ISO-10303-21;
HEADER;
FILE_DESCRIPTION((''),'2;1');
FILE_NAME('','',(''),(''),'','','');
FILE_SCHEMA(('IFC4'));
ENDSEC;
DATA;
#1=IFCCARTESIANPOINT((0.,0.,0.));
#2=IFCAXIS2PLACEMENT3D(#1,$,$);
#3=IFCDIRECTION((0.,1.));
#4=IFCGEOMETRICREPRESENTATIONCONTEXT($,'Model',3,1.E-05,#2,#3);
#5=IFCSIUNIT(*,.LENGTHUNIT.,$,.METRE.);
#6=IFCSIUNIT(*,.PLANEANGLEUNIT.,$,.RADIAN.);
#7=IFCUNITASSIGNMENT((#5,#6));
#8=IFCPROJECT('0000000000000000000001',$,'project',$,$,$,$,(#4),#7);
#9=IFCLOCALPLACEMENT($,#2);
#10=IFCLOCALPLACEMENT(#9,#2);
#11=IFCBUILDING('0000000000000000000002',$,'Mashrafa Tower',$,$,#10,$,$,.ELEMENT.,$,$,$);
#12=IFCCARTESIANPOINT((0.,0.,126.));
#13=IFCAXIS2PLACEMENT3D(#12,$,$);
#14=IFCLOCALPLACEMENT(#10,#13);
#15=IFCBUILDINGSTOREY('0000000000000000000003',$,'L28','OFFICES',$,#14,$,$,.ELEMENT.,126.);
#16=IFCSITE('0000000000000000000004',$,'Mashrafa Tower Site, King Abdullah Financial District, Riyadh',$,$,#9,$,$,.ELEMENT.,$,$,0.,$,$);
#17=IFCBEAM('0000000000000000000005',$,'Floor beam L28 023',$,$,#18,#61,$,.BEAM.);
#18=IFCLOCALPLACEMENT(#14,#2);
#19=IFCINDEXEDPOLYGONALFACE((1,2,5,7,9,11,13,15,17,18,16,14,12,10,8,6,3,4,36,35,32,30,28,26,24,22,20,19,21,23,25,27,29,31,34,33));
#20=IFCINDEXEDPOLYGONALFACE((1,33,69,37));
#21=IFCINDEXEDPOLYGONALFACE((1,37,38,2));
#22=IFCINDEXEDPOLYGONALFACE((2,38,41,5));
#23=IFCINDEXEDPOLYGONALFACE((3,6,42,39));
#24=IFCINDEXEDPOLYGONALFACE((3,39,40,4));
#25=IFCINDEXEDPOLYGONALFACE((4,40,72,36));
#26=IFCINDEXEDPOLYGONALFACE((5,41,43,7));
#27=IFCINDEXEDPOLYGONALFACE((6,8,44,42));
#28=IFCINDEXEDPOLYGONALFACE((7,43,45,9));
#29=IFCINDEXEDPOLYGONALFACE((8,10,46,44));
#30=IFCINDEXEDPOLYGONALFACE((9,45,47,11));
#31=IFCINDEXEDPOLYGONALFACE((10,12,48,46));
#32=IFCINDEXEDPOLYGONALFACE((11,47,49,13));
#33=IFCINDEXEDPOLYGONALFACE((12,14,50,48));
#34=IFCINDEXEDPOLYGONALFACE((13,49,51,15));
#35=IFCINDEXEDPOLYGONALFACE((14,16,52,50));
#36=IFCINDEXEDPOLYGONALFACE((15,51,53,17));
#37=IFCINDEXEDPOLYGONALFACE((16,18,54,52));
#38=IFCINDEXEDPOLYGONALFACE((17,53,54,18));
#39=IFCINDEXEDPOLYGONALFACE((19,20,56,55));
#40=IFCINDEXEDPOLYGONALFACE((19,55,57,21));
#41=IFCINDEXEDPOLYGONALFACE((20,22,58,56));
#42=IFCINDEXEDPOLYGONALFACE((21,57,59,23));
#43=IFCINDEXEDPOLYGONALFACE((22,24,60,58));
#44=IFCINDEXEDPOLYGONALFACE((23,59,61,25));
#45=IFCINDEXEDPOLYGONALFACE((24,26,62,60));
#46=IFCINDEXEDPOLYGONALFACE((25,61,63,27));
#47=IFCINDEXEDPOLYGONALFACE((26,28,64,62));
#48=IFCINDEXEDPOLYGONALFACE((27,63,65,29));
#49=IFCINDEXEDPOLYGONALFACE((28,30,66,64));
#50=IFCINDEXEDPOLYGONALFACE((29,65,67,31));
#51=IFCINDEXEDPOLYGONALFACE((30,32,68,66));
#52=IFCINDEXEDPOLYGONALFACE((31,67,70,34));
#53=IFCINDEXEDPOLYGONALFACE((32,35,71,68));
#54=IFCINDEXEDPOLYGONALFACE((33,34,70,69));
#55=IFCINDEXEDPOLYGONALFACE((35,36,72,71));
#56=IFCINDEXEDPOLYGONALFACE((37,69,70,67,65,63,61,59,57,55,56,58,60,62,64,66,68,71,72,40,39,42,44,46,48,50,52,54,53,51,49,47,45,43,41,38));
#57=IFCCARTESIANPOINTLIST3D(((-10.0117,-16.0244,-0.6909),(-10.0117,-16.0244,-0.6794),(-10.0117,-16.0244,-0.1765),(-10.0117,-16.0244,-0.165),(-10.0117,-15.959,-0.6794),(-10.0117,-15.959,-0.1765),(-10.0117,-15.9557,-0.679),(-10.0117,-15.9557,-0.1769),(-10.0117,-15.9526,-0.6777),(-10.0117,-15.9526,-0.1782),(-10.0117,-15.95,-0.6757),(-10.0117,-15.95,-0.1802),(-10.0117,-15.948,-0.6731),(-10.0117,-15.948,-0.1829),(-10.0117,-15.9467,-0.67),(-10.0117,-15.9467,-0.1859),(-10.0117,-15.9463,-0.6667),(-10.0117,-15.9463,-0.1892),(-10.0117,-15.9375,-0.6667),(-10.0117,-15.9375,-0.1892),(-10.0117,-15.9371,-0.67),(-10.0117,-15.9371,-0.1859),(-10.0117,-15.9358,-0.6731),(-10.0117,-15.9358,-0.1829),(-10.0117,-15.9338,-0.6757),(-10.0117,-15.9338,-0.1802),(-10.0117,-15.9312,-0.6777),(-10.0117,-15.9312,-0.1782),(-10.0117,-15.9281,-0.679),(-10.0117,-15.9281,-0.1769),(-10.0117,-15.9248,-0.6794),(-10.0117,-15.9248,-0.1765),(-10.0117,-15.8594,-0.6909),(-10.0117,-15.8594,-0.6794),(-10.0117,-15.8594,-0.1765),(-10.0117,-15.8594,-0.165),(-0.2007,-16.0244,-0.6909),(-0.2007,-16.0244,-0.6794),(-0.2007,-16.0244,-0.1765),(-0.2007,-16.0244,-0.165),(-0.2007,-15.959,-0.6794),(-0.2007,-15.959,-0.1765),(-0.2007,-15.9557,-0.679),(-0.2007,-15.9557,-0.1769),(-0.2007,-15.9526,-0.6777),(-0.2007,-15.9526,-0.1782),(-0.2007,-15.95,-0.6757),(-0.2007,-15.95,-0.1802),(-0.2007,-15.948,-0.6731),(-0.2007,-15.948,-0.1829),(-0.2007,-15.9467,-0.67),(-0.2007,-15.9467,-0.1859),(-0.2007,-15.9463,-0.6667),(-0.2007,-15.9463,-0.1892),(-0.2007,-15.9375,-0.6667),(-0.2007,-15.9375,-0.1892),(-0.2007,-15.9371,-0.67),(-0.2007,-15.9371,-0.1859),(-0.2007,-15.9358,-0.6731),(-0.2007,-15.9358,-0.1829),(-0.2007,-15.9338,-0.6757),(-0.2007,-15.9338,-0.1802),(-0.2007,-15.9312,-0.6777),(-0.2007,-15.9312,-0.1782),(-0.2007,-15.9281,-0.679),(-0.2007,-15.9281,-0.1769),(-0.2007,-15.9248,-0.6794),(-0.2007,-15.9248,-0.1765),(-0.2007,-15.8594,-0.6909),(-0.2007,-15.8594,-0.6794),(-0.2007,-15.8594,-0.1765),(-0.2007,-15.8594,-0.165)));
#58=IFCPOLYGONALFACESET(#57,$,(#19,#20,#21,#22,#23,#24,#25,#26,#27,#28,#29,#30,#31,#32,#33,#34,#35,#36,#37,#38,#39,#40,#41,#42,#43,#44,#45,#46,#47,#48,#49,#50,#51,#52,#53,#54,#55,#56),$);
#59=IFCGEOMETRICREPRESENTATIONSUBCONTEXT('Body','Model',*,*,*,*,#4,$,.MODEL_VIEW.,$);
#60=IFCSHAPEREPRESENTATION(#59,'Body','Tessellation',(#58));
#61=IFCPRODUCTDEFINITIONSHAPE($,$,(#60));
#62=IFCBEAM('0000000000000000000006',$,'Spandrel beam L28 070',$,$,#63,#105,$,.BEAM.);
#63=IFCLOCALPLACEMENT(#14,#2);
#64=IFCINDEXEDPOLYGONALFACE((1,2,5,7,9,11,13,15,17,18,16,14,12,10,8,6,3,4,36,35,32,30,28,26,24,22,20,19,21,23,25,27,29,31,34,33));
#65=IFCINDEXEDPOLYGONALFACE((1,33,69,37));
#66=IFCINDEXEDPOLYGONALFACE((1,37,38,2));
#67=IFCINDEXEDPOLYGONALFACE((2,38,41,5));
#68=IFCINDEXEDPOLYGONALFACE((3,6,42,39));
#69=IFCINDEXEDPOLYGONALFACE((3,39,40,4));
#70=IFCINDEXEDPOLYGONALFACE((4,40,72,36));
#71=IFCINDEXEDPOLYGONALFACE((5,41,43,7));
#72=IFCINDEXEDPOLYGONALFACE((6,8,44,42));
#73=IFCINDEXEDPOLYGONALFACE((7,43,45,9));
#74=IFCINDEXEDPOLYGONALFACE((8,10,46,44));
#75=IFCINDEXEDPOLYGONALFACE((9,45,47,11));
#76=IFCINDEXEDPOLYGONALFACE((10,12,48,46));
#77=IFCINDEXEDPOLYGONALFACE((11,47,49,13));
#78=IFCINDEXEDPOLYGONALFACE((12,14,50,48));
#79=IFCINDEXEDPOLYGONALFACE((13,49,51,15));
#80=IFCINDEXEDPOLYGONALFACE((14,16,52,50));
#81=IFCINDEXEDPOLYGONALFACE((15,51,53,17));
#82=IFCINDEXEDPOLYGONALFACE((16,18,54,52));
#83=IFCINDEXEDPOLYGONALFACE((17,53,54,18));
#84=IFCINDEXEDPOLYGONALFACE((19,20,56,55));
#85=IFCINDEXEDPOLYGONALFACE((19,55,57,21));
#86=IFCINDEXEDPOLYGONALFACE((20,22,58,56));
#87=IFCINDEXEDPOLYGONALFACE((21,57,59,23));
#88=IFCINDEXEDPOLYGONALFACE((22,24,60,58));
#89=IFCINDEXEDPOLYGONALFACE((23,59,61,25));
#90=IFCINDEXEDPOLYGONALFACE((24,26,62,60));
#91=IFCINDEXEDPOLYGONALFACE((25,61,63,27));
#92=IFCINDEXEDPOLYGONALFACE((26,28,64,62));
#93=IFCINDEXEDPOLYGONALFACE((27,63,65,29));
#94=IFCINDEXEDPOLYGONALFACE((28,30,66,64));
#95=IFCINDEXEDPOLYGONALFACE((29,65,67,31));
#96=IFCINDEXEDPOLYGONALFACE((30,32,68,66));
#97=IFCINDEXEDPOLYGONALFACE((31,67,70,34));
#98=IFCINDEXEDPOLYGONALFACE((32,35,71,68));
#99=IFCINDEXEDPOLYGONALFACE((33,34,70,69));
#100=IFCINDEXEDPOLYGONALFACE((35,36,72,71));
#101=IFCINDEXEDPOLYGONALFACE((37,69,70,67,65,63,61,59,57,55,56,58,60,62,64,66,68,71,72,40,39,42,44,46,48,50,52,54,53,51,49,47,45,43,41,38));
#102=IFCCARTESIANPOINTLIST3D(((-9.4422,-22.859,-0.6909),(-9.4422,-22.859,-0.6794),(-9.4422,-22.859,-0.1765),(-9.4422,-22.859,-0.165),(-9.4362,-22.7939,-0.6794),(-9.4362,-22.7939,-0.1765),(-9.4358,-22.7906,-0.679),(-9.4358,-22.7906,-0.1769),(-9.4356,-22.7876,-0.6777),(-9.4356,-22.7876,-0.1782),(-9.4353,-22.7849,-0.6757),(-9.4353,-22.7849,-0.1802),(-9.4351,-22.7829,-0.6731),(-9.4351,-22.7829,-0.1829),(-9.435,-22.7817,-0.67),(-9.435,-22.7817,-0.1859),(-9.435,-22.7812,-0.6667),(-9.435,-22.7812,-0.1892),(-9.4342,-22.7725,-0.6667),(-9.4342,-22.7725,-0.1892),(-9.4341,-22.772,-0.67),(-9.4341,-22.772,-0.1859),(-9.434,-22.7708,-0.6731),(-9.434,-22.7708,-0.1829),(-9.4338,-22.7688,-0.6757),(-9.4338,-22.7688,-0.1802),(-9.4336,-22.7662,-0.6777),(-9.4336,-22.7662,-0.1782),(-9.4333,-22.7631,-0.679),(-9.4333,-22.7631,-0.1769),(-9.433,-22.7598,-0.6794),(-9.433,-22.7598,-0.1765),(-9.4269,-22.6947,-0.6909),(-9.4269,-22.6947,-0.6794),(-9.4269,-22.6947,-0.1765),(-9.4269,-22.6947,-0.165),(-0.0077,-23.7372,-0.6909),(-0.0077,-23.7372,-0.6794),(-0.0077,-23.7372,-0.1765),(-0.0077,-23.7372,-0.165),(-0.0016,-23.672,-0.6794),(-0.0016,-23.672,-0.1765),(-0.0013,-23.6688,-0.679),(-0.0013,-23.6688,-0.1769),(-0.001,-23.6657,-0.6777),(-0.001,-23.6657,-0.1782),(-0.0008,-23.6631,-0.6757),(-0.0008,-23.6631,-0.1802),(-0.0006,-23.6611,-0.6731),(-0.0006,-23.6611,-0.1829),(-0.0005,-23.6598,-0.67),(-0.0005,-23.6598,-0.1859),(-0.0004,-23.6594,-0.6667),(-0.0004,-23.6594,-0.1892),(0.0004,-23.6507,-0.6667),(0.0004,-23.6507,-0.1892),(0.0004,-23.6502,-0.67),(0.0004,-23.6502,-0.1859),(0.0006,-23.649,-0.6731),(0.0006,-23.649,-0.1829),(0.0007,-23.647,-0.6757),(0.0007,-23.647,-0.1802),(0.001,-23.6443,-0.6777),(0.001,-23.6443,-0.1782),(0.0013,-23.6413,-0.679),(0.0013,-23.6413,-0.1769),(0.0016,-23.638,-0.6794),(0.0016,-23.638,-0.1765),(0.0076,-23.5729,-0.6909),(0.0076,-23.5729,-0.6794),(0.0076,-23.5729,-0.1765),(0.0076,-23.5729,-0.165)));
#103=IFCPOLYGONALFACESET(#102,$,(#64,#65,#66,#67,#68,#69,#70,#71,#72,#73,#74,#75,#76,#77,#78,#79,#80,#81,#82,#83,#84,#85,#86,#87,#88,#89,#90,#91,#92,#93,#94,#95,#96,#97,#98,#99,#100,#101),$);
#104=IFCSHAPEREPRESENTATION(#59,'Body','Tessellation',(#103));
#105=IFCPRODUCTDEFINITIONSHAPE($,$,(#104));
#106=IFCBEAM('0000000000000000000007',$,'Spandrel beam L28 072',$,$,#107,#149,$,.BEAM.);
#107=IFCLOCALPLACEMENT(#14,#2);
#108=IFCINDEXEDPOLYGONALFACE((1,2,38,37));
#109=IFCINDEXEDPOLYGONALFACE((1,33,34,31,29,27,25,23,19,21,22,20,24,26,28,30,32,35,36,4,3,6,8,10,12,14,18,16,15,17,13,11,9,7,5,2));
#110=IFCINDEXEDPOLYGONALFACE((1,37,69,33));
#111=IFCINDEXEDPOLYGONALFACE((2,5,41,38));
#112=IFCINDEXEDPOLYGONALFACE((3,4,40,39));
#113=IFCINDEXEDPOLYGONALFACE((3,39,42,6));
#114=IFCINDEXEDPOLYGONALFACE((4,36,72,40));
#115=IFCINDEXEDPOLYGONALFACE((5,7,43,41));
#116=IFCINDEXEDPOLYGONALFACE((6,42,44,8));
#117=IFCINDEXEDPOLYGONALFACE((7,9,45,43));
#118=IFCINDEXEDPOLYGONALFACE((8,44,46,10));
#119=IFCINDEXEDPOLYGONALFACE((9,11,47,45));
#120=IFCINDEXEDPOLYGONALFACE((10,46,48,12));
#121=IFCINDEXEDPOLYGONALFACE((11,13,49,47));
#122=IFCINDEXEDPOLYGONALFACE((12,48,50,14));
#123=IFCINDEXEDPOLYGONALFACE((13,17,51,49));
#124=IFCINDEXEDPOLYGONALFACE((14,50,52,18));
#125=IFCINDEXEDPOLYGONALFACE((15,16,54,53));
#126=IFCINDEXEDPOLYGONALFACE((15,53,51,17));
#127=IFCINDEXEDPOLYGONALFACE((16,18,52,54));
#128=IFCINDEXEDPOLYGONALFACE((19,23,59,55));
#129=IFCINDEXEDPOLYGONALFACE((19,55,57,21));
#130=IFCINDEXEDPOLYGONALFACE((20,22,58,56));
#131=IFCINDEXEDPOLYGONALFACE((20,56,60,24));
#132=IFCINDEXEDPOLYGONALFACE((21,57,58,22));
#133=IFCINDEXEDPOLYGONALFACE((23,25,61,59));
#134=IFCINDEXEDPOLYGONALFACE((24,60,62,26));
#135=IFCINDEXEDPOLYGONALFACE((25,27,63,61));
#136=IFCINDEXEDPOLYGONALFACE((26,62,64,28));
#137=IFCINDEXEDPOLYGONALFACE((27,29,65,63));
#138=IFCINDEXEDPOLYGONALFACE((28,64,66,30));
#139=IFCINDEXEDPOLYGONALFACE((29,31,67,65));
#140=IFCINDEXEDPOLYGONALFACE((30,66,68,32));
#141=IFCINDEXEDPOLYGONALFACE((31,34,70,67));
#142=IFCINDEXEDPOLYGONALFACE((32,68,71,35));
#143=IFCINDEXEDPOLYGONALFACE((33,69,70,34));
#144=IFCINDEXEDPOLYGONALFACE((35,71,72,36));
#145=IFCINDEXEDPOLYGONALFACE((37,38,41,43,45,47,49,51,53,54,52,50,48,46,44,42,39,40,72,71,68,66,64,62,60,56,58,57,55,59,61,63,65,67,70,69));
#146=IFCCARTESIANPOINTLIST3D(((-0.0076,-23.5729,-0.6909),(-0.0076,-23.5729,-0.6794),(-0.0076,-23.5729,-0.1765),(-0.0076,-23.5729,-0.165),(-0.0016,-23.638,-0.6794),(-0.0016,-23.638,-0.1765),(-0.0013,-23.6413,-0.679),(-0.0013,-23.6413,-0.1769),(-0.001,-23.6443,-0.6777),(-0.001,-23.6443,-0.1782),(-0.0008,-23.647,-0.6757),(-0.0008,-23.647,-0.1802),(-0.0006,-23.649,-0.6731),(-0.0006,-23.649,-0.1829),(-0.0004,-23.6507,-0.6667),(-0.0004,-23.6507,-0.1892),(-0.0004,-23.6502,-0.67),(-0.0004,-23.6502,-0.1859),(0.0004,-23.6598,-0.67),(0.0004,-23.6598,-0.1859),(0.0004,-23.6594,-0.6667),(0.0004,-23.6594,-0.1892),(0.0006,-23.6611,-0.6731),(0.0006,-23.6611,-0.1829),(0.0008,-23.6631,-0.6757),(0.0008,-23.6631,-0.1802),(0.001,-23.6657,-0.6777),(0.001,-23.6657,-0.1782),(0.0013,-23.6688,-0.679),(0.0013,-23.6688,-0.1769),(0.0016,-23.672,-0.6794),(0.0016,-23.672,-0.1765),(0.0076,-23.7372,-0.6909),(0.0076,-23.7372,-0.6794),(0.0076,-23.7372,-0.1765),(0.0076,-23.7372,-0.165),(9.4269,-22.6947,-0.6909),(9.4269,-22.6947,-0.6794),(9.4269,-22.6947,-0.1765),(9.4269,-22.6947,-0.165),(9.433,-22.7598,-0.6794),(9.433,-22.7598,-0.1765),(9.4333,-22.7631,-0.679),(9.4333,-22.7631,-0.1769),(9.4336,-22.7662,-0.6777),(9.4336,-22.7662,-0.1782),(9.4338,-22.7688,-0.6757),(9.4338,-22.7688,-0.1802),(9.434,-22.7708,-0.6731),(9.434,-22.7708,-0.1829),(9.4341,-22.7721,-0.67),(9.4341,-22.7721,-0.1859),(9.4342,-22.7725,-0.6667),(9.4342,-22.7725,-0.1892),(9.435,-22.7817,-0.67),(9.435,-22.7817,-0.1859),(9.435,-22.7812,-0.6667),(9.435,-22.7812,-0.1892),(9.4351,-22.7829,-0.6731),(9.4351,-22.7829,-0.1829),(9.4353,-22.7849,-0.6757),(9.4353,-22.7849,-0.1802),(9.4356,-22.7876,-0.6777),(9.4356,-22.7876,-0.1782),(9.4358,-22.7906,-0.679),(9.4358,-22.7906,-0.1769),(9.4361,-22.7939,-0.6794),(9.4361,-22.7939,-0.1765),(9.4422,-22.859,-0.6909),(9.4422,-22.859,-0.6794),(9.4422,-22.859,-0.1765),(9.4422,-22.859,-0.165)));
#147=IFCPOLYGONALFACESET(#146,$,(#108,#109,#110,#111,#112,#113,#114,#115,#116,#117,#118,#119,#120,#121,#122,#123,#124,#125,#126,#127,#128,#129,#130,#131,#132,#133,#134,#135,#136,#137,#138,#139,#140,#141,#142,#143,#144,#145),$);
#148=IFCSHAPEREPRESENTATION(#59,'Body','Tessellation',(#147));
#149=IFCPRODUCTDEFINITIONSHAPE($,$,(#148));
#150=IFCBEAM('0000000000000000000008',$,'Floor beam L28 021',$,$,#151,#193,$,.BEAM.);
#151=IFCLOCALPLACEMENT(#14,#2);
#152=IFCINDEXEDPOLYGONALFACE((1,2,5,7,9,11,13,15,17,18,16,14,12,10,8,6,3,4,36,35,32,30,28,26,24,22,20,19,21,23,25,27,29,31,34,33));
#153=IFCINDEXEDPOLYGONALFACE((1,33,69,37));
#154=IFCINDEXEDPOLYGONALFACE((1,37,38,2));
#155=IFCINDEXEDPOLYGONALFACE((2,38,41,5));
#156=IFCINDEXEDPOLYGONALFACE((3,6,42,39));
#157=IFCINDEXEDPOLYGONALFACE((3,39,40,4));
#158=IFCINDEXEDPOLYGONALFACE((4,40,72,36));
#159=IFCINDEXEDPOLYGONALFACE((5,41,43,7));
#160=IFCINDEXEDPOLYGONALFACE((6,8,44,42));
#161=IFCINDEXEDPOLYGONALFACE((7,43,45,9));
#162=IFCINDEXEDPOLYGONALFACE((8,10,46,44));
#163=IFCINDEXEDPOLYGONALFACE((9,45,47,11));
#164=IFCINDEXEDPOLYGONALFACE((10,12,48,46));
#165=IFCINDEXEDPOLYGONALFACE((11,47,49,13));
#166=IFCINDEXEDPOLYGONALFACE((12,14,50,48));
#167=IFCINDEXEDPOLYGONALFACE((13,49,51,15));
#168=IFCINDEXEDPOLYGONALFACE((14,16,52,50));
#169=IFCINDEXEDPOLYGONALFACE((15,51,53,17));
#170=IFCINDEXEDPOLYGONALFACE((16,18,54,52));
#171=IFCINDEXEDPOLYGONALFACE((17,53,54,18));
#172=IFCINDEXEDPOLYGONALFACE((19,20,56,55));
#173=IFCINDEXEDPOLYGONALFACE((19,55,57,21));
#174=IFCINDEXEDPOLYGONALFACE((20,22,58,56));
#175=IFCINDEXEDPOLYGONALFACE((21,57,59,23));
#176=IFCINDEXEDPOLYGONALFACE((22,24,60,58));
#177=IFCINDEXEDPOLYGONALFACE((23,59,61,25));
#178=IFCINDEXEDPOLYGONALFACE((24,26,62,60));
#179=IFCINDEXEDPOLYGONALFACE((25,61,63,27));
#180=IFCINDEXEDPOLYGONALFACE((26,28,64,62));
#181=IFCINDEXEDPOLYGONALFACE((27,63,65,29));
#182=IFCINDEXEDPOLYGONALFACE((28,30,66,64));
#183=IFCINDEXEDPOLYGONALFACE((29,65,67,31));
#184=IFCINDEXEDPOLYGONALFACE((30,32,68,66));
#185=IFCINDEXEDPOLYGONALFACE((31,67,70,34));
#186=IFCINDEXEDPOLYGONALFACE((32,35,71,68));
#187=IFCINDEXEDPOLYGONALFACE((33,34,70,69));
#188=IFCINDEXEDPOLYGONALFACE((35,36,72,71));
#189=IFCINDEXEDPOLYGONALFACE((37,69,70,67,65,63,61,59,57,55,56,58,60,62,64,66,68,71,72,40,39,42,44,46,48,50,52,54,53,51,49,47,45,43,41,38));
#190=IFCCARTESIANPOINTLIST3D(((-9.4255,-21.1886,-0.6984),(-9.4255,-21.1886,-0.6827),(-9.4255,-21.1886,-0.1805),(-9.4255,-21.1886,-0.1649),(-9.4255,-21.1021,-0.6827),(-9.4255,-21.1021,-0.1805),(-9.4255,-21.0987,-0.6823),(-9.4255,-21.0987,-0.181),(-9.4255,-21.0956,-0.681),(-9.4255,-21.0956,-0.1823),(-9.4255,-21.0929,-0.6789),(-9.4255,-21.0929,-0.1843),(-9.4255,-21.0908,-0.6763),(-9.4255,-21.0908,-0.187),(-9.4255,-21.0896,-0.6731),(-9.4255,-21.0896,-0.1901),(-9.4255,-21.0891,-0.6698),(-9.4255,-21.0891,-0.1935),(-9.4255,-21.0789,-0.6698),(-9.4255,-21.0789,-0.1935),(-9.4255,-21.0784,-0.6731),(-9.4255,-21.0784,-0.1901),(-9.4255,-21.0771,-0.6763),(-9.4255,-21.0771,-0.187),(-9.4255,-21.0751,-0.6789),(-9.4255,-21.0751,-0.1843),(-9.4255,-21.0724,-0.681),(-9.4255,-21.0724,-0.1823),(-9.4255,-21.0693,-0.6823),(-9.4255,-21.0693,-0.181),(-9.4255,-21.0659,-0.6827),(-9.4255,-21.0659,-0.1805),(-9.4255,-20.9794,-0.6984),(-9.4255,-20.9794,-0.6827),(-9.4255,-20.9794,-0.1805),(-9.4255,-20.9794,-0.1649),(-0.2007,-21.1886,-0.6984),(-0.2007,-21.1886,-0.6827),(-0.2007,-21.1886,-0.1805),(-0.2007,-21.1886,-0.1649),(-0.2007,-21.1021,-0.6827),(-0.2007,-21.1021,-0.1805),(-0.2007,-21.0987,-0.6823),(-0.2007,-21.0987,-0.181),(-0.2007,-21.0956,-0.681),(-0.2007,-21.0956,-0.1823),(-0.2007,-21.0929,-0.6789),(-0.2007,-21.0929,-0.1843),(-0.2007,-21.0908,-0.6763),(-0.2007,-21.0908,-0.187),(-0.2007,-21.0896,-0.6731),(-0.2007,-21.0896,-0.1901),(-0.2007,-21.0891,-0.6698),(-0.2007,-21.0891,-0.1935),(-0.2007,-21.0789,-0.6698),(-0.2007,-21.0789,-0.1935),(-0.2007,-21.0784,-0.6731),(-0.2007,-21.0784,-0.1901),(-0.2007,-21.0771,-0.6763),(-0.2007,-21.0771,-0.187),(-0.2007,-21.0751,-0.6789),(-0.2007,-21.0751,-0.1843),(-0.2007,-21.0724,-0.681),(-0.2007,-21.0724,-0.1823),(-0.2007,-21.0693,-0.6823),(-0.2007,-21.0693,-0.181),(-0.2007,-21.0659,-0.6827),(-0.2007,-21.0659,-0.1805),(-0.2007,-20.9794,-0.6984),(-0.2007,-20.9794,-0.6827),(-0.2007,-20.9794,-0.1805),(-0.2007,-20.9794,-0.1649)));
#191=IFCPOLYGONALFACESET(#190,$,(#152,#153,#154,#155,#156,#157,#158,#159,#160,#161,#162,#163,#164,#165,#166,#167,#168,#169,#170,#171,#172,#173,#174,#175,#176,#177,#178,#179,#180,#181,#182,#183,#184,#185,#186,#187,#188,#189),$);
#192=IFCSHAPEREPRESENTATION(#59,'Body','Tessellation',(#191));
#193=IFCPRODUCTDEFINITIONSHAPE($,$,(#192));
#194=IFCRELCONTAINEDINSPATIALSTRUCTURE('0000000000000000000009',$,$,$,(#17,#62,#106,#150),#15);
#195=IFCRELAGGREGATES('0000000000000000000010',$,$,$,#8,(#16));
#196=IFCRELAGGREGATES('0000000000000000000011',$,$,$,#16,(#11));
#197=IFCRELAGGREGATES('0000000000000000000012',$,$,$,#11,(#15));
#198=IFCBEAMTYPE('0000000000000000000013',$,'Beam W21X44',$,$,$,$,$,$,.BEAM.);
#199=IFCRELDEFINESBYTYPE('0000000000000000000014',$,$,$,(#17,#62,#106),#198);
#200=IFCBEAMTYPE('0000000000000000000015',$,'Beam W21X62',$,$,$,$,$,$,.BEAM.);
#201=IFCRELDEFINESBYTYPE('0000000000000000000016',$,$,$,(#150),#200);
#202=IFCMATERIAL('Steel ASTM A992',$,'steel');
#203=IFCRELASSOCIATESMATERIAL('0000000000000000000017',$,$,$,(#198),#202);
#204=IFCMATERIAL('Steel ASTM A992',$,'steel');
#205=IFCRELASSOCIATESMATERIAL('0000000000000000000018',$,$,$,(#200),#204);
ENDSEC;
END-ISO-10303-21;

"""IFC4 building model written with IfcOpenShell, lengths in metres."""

from ifc_helpers import new_model, si_unit, direction, frame, origin, origin_2d, place, context, subcontext, project, spatial, i_section, extrude, material, material_profile, profile_set, type_object, element, save


model = new_model("IFC4")

# Units and contexts
model_context = context("Model", 3, precision=1e-05, world=origin(), true_north=direction((0.0, 1.0)))
body_context = subcontext(model_context, "Body", "Model", "MODEL_VIEW")
ifc_project = project(units=[si_unit("LENGTHUNIT", "METRE"), si_unit("PLANEANGLEUNIT", "RADIAN")], contexts=[model_context])

# Site, building, storey
site_placement = place(None, origin())
site = spatial("IfcSite", under=ifc_project, at=site_placement, Name="Mashrafa Tower Site, King Abdullah Financial District, Riyadh", CompositionType="ELEMENT", RefElevation=0.0)
building_placement = place(site_placement, origin())
building = spatial("IfcBuilding", under=site, at=building_placement, Name="Mashrafa Tower", CompositionType="ELEMENT")
storey_placement = place(building_placement, frame((0.0, 0.0, 126.0)))
storey = spatial("IfcBuildingStorey", under=building, at=storey_placement, Name="L28", Description="OFFICES", CompositionType="ELEMENT", Elevation=126.0)

# Beams
ifc_material_1 = material(Name="Steel ASTM A992", Category="steel")
ifc_material_profile_1 = material_profile(ifc_material_1, i_section(OverallWidth=0.165, OverallDepth=0.5259, WebThickness=0.0088, FlangeThickness=0.0115, FilletRadius=0.0127, at=origin_2d()), Name="W21X44")
ifc_profile_set_1 = profile_set([ifc_material_profile_1], Name="Steel ASTM A992")
beam_type_1 = type_object("IfcBeamType", Name="Beam W21X44", PredefinedType="BEAM", material=ifc_profile_set_1)
beam_1_placement = place(storey_placement, frame((-0.2007, -15.9419, -0.428), z_axis=(-1.0, 0.0, 0.0), x_axis=(0.0, -1.0, 0.0)))
element("IfcBeam", 1, at=beam_1_placement, inside=storey, type_object=beam_type_1, Name="Floor beam L28 023", PredefinedType="BEAM", context=body_context, shape_type="SweptSolid", body=[
    extrude(i_section(OverallWidth=0.165, OverallDepth=0.5259, WebThickness=0.0088, FlangeThickness=0.0115, FilletRadius=0.0127, at=origin_2d()), origin(), (0.0, 0.0, 1.0), 9.811),
])
for number, where, z_axis, x_axis, name in (
    (2, (-9.4346, -22.7769, -0.428), (0.995696, -0.09268, 0.0), (0.09268, 0.995696, 0.0), "Spandrel beam L28 070"),
    (3, (0.0, -23.655, -0.428), (0.995696, 0.09268, 0.0), (-0.09268, 0.995696, 0.0), "Spandrel beam L28 072"),
):
    element("IfcBeam", number, at=place(storey_placement, frame(where, z_axis=z_axis, x_axis=x_axis)), inside=storey, type_object=beam_type_1, Name=name, PredefinedType="BEAM", context=body_context, shape_type="SweptSolid", body=[
        extrude(i_section(OverallWidth=0.165, OverallDepth=0.5259, WebThickness=0.0088, FlangeThickness=0.0115, FilletRadius=0.0127, at=origin_2d()), origin(), (0.0, 0.0, 1.0), 9.4753),
    ])
ifc_material_2 = material(Name="Steel ASTM A992", Category="steel")
ifc_material_profile_2 = material_profile(ifc_material_2, i_section(OverallWidth=0.2092, OverallDepth=0.5334, WebThickness=0.0103, FlangeThickness=0.0156, FilletRadius=0.0129, at=origin_2d()), Name="W21X62")
ifc_profile_set_2 = profile_set([ifc_material_profile_2], Name="Steel ASTM A992")
beam_type_2 = type_object("IfcBeamType", Name="Beam W21X62", PredefinedType="BEAM", material=ifc_profile_set_2)
beam_2_placement = place(storey_placement, frame((-0.2007, -21.084, -0.4316), z_axis=(-1.0, 0.0, 0.0), x_axis=(0.0, -1.0, 0.0)))
element("IfcBeam", 4, at=beam_2_placement, inside=storey, type_object=beam_type_2, Name="Floor beam L28 021", PredefinedType="BEAM", context=body_context, shape_type="SweptSolid", body=[
    extrude(i_section(OverallWidth=0.2092, OverallDepth=0.5334, WebThickness=0.0103, FlangeThickness=0.0156, FilletRadius=0.0129, at=origin_2d()), origin(), (0.0, 0.0, 1.0), 9.2249),
])

save(model, "model.ifc")
